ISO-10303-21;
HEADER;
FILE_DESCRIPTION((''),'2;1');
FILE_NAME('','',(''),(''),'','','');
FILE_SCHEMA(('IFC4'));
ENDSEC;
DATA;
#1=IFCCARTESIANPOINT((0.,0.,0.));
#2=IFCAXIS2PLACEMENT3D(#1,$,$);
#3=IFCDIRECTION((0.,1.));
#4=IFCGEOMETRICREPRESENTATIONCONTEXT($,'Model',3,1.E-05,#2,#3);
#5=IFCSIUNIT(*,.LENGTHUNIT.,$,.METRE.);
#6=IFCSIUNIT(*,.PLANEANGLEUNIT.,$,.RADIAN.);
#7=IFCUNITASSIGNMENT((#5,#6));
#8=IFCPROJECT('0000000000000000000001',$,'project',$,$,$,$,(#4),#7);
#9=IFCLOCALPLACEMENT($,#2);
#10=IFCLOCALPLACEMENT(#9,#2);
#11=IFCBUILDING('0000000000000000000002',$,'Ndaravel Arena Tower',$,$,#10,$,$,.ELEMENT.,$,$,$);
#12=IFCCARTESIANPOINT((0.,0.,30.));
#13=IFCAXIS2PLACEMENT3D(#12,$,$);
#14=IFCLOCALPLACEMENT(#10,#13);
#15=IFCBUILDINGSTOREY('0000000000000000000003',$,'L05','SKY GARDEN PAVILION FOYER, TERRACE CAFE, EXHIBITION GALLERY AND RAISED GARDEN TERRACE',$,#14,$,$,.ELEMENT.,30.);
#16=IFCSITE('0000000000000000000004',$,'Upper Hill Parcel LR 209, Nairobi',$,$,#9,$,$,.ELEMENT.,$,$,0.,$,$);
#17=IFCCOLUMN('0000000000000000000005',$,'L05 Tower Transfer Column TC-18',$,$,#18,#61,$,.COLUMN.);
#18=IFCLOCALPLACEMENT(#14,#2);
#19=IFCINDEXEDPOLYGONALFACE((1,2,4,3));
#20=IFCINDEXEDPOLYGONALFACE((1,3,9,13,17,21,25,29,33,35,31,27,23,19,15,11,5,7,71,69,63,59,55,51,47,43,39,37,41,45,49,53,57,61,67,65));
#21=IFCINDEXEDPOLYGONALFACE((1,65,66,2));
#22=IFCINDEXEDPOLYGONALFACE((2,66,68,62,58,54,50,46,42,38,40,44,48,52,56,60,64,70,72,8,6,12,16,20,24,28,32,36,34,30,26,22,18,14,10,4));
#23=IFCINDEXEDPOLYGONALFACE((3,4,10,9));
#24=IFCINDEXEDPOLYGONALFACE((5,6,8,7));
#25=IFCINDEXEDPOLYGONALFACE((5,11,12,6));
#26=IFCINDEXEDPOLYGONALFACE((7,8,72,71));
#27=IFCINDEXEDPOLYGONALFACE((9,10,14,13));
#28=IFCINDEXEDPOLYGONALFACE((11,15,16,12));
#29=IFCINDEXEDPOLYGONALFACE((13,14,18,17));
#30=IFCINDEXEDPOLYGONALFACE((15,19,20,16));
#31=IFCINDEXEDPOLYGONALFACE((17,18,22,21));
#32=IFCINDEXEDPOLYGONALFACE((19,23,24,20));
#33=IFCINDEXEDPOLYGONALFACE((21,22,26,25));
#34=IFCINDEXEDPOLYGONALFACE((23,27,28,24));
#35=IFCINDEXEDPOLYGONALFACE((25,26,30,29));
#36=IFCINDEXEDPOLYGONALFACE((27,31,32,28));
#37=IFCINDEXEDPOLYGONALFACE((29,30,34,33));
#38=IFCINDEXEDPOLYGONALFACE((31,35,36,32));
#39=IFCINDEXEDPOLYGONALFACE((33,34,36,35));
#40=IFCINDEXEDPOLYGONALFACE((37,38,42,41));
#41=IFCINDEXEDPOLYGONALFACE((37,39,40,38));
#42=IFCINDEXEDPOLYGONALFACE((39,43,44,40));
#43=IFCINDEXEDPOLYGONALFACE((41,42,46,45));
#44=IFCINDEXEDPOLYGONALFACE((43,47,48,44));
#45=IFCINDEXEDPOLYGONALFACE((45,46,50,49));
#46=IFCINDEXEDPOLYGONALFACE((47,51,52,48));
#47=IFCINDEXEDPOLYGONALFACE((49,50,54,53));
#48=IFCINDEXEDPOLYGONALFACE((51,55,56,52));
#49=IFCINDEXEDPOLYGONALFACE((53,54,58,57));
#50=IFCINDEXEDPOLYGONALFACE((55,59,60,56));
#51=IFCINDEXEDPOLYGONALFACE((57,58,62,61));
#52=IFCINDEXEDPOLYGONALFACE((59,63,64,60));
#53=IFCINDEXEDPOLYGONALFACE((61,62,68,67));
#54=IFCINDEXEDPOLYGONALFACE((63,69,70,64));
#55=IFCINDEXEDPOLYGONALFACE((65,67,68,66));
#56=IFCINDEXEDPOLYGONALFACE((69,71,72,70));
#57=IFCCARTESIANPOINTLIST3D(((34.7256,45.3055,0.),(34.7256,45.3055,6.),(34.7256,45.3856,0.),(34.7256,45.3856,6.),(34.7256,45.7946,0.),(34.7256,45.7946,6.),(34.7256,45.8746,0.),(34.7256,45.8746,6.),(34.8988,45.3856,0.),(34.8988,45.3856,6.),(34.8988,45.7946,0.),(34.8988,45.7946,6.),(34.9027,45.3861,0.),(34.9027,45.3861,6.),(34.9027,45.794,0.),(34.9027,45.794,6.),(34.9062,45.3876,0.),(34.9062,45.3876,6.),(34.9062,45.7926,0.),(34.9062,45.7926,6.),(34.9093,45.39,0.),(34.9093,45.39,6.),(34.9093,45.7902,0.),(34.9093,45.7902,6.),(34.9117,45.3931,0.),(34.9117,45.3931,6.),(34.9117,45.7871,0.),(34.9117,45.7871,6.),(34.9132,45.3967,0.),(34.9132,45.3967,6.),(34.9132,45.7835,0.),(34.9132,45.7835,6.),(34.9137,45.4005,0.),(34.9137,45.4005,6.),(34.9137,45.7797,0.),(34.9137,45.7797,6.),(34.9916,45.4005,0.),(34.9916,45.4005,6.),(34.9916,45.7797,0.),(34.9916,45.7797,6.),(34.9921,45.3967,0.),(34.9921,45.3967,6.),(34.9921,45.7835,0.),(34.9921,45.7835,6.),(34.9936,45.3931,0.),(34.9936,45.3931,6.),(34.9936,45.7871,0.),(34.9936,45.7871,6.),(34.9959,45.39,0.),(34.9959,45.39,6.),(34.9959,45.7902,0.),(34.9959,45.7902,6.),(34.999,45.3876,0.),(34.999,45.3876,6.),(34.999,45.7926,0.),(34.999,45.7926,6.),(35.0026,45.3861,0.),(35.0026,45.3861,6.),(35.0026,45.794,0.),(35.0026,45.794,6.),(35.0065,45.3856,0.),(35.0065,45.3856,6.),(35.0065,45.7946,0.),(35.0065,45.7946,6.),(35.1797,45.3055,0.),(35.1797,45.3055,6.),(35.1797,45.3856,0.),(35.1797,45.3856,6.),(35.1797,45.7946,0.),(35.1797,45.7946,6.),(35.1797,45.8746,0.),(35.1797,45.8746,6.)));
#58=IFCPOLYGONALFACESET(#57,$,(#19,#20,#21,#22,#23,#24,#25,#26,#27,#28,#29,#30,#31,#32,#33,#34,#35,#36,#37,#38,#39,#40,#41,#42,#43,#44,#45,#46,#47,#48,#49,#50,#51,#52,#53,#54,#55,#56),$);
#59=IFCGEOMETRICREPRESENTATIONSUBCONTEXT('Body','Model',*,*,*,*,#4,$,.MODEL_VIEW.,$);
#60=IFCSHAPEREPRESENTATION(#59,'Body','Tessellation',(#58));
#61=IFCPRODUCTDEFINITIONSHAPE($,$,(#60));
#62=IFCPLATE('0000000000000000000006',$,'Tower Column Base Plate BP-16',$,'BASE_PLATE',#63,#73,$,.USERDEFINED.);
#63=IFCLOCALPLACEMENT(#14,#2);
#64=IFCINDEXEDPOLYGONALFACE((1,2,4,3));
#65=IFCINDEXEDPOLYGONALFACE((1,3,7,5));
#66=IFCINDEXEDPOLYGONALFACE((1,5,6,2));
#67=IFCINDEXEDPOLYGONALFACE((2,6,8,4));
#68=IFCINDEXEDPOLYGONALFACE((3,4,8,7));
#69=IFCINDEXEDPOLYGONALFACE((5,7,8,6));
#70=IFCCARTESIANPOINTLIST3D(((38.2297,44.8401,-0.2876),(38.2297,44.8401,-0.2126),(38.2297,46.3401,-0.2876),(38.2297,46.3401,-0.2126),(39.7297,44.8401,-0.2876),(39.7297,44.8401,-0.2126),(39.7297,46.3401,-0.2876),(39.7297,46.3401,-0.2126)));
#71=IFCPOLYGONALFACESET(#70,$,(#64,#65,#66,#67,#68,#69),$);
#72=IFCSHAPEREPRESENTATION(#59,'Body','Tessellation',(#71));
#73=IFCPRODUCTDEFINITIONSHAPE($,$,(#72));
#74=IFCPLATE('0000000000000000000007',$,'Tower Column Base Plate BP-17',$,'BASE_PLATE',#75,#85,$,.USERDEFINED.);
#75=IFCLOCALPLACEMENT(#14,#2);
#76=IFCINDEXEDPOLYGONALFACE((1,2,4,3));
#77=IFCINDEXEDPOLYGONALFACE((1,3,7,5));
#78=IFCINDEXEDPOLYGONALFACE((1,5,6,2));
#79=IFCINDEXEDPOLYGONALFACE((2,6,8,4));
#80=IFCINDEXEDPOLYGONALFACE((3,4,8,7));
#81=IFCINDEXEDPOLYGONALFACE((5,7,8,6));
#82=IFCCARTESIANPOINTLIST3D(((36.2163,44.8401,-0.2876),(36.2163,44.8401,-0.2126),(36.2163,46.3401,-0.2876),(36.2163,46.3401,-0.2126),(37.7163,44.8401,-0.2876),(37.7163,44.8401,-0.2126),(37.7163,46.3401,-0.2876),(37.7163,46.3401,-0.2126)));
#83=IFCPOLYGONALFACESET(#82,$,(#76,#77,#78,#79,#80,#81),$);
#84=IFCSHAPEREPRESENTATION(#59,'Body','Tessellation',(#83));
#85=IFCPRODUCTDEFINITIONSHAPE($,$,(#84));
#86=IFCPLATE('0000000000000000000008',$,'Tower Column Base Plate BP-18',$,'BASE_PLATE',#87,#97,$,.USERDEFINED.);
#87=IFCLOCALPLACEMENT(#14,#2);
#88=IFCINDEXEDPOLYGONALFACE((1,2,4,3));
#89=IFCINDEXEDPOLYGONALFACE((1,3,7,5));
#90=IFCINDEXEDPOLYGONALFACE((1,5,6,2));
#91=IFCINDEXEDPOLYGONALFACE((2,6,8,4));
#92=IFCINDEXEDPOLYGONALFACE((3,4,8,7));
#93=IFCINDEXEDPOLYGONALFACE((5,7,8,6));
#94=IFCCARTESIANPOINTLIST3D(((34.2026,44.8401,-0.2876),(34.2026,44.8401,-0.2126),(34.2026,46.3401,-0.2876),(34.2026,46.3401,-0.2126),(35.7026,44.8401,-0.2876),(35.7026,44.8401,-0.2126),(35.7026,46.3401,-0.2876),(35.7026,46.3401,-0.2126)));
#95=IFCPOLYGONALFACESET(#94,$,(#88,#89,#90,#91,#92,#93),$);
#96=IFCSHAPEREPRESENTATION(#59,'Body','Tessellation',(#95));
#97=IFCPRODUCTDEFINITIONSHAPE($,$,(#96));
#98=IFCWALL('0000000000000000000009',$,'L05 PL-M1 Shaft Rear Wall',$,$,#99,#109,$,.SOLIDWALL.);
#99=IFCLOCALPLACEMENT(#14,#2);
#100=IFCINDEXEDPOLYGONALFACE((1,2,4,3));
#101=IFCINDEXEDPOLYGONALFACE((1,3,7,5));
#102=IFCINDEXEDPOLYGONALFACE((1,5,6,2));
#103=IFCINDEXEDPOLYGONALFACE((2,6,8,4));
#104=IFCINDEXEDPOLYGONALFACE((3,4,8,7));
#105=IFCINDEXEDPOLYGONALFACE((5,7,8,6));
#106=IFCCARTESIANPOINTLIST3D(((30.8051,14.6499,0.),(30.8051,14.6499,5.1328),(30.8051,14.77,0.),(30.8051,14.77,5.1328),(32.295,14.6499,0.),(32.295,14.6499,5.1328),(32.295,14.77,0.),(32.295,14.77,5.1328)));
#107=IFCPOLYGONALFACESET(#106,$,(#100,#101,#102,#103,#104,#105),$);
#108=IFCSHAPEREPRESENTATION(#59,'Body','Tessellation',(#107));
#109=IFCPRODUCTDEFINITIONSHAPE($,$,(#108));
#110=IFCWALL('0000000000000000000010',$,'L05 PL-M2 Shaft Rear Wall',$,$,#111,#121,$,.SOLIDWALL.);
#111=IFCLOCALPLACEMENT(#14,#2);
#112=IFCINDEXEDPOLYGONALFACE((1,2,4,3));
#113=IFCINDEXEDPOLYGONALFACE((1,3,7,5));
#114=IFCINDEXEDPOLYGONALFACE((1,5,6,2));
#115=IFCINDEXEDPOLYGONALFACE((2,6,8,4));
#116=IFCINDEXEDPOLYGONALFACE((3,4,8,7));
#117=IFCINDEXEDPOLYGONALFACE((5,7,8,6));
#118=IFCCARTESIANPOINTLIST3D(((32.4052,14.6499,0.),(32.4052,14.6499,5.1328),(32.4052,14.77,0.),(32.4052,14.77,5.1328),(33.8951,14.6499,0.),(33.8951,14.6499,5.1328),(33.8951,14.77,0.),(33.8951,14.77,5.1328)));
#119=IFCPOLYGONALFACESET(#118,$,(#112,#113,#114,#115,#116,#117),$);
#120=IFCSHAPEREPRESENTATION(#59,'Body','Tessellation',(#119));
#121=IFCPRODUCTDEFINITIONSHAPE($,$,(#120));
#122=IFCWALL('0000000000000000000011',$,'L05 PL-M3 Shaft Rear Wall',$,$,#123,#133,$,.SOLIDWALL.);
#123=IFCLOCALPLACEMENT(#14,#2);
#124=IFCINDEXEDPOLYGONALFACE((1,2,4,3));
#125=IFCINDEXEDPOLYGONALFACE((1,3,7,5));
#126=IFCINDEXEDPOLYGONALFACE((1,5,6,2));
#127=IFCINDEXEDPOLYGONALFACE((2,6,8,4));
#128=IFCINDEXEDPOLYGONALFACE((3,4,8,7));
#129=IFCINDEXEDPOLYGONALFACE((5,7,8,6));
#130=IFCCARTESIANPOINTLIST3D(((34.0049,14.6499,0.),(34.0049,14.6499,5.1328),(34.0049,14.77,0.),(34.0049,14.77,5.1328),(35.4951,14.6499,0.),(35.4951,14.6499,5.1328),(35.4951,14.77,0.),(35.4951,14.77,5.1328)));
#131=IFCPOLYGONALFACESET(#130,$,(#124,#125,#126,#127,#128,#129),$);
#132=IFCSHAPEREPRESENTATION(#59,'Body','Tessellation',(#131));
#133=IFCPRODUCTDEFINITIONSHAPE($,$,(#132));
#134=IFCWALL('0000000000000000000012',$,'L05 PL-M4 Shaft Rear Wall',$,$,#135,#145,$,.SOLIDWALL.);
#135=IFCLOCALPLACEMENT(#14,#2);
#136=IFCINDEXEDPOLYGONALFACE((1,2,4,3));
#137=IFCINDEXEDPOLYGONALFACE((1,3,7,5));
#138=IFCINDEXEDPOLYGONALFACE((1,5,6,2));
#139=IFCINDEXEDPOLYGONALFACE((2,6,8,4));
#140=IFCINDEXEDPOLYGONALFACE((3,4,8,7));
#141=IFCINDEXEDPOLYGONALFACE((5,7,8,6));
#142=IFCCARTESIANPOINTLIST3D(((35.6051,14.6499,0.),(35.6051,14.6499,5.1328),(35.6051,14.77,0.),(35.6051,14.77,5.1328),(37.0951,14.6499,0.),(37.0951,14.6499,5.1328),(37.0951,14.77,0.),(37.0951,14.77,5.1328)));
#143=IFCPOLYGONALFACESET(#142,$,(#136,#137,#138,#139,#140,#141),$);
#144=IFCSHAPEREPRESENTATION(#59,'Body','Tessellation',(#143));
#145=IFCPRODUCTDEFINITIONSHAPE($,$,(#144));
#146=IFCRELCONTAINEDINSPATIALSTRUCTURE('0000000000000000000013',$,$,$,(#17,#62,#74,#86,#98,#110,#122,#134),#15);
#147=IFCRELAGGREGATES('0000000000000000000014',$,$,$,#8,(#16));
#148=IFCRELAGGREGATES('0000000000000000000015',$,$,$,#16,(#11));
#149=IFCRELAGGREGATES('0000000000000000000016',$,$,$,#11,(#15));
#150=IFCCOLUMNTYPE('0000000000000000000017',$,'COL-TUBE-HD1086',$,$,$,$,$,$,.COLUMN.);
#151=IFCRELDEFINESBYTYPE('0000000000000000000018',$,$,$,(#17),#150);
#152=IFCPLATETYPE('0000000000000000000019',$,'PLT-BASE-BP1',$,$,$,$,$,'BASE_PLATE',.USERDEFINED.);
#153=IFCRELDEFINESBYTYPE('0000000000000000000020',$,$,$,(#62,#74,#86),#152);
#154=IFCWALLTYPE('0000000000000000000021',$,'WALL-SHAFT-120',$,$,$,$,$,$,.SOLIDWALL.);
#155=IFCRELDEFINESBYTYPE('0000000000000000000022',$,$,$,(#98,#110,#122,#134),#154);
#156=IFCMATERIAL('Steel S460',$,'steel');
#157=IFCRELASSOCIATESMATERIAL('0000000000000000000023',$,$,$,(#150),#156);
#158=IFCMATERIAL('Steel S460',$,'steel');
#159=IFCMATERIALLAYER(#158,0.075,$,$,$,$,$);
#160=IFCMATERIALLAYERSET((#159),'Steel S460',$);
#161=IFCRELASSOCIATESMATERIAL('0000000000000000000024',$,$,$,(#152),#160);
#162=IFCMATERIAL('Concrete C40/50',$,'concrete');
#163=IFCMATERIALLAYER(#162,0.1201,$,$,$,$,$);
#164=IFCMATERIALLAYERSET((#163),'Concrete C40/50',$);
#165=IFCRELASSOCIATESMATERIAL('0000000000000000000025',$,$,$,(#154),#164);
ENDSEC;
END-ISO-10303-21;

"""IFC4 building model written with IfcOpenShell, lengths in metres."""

from ifc_helpers import new_model, si_unit, direction, frame, frame_2d, origin, origin_2d, place, context, subcontext, project, spatial, rectangle, i_section, extrude, material, layer, layer_set, material_profile, profile_set, type_object, element, save


model = new_model("IFC4")

# Units and contexts
model_context = context("Model", 3, precision=1e-05, world=origin(), true_north=direction((0.0, 1.0)))
body_context = subcontext(model_context, "Body", "Model", "MODEL_VIEW")
ifc_project = project(units=[si_unit("LENGTHUNIT", "METRE"), si_unit("PLANEANGLEUNIT", "RADIAN")], contexts=[model_context])

# Site, building, storey
site_placement = place(None, origin())
site = spatial("IfcSite", under=ifc_project, at=site_placement, Name="Upper Hill Parcel LR 209, Nairobi", CompositionType="ELEMENT", RefElevation=0.0)
building_placement = place(site_placement, origin())
building = spatial("IfcBuilding", under=site, at=building_placement, Name="Ndaravel Arena Tower", CompositionType="ELEMENT")
storey_placement = place(building_placement, frame((0.0, 0.0, 30.0)))
storey = spatial("IfcBuildingStorey", under=building, at=storey_placement, Name="L05", Description="SKY GARDEN PAVILION FOYER, TERRACE CAFE, EXHIBITION GALLERY AND RAISED GARDEN TERRACE", CompositionType="ELEMENT", Elevation=30.0)

# Column
ifc_material_1 = material(Name="Steel S460", Category="steel")
ifc_material_profile_1 = material_profile(ifc_material_1, i_section(OverallWidth=0.4541, OverallDepth=0.5691, WebThickness=0.0779, FlangeThickness=0.0801, FilletRadius=0.0149, at=origin_2d()), Name="HD 400x1086")
ifc_profile_set_1 = profile_set([ifc_material_profile_1], Name="Steel S460")
column_type_1 = type_object("IfcColumnType", Name="COL-TUBE-HD1086", PredefinedType="COLUMN", material=ifc_profile_set_1)
for number, where, z_axis, x_axis, name in (
    (1, (34.9526, 45.5901, 0.0), (0.0, 0.0, 1.0), (1.0, 0.0, 0.0), "L05 Tower Transfer Column TC-18"),
):
    element("IfcColumn", number, at=place(storey_placement, frame(where, z_axis=z_axis, x_axis=x_axis)), inside=storey, type_object=column_type_1, Name=name, PredefinedType="COLUMN", context=body_context, shape_type="SweptSolid", body=[
        extrude(i_section(OverallWidth=0.4541, OverallDepth=0.5691, WebThickness=0.0779, FlangeThickness=0.0801, FilletRadius=0.0149, at=origin_2d()), origin(), (0.0, 0.0, 1.0), 6.0),
    ])

# Plates
ifc_material_2 = material(Name="Steel S460", Category="steel")
ifc_layer_1 = layer(ifc_material_2, 0.075)
ifc_layer_set_1 = layer_set([ifc_layer_1], Name="Steel S460")
plate_type = type_object("IfcPlateType", Name="PLT-BASE-BP1", ElementType="BASE_PLATE", PredefinedType="USERDEFINED", material=ifc_layer_set_1)
for number, where, z_axis, x_axis, name in (
    (2, (38.9797, 45.5901, -0.2876), (0.0, 0.0, 1.0), (1.0, 0.0, 0.0), "Tower Column Base Plate BP-16"),
    (3, (36.9663, 45.5901, -0.2876), (0.0, 0.0, 1.0), (1.0, 0.0, 0.0), "Tower Column Base Plate BP-17"),
    (4, (34.9526, 45.5901, -0.2876), (0.0, 0.0, 1.0), (1.0, 0.0, 0.0), "Tower Column Base Plate BP-18"),
):
    element("IfcPlate", number, at=place(storey_placement, frame(where, z_axis=z_axis, x_axis=x_axis)), inside=storey, type_object=plate_type, Name=name, ObjectType="BASE_PLATE", PredefinedType="USERDEFINED", context=body_context, shape_type="SweptSolid", body=[
        extrude(rectangle(XDim=1.5, YDim=1.5, at=origin_2d()), origin(), (0.0, 0.0, 1.0), 0.075),
    ])

# Walls
ifc_material_3 = material(Name="Concrete C40/50", Category="concrete")
ifc_layer_2 = layer(ifc_material_3, 0.1201)
ifc_layer_set_2 = layer_set([ifc_layer_2], Name="Concrete C40/50")
wall_type_1 = type_object("IfcWallType", Name="WALL-SHAFT-120", PredefinedType="SOLIDWALL", material=ifc_layer_set_2)
for number, where, z_axis, x_axis, name in (
    (5, (30.8049, 14.71, 0.0), (0.0, 0.0, 1.0), (1.0, 0.0, 0.0), "L05 PL-M1 Shaft Rear Wall"),
    (6, (32.405, 14.71, 0.0), (0.0, 0.0, 1.0), (1.0, 0.0, 0.0), "L05 PL-M2 Shaft Rear Wall"),
):
    element("IfcWall", number, at=place(storey_placement, frame(where, z_axis=z_axis, x_axis=x_axis)), inside=storey, type_object=wall_type_1, Name=name, PredefinedType="SOLIDWALL", context=body_context, shape_type="SweptSolid", body=[
        extrude(rectangle(XDim=1.49, YDim=0.1201, at=frame_2d((0.7451, 0.0))), origin(), (0.0, 0.0, 1.0), 5.1328),
    ])
wall_1_placement = place(storey_placement, frame((34.0049, 14.71, 0.0), z_axis=(0.0, 0.0, 1.0), x_axis=(1.0, 0.0, 0.0)))
element("IfcWall", 7, at=wall_1_placement, inside=storey, type_object=wall_type_1, Name="L05 PL-M3 Shaft Rear Wall", PredefinedType="SOLIDWALL", context=body_context, shape_type="SweptSolid", body=[
    extrude(rectangle(XDim=1.4902, YDim=0.1201, at=frame_2d((0.7451, 0.0))), origin(), (0.0, 0.0, 1.0), 5.1328),
])
wall_2_placement = place(storey_placement, frame((35.605, 14.71, 0.0), z_axis=(0.0, 0.0, 1.0), x_axis=(1.0, 0.0, 0.0)))
element("IfcWall", 8, at=wall_2_placement, inside=storey, type_object=wall_type_1, Name="L05 PL-M4 Shaft Rear Wall", PredefinedType="SOLIDWALL", context=body_context, shape_type="SweptSolid", body=[
    extrude(rectangle(XDim=1.49, YDim=0.1201, at=frame_2d((0.7451, 0.0))), origin(), (0.0, 0.0, 1.0), 5.1328),
])

save(model, "model.ifc")
